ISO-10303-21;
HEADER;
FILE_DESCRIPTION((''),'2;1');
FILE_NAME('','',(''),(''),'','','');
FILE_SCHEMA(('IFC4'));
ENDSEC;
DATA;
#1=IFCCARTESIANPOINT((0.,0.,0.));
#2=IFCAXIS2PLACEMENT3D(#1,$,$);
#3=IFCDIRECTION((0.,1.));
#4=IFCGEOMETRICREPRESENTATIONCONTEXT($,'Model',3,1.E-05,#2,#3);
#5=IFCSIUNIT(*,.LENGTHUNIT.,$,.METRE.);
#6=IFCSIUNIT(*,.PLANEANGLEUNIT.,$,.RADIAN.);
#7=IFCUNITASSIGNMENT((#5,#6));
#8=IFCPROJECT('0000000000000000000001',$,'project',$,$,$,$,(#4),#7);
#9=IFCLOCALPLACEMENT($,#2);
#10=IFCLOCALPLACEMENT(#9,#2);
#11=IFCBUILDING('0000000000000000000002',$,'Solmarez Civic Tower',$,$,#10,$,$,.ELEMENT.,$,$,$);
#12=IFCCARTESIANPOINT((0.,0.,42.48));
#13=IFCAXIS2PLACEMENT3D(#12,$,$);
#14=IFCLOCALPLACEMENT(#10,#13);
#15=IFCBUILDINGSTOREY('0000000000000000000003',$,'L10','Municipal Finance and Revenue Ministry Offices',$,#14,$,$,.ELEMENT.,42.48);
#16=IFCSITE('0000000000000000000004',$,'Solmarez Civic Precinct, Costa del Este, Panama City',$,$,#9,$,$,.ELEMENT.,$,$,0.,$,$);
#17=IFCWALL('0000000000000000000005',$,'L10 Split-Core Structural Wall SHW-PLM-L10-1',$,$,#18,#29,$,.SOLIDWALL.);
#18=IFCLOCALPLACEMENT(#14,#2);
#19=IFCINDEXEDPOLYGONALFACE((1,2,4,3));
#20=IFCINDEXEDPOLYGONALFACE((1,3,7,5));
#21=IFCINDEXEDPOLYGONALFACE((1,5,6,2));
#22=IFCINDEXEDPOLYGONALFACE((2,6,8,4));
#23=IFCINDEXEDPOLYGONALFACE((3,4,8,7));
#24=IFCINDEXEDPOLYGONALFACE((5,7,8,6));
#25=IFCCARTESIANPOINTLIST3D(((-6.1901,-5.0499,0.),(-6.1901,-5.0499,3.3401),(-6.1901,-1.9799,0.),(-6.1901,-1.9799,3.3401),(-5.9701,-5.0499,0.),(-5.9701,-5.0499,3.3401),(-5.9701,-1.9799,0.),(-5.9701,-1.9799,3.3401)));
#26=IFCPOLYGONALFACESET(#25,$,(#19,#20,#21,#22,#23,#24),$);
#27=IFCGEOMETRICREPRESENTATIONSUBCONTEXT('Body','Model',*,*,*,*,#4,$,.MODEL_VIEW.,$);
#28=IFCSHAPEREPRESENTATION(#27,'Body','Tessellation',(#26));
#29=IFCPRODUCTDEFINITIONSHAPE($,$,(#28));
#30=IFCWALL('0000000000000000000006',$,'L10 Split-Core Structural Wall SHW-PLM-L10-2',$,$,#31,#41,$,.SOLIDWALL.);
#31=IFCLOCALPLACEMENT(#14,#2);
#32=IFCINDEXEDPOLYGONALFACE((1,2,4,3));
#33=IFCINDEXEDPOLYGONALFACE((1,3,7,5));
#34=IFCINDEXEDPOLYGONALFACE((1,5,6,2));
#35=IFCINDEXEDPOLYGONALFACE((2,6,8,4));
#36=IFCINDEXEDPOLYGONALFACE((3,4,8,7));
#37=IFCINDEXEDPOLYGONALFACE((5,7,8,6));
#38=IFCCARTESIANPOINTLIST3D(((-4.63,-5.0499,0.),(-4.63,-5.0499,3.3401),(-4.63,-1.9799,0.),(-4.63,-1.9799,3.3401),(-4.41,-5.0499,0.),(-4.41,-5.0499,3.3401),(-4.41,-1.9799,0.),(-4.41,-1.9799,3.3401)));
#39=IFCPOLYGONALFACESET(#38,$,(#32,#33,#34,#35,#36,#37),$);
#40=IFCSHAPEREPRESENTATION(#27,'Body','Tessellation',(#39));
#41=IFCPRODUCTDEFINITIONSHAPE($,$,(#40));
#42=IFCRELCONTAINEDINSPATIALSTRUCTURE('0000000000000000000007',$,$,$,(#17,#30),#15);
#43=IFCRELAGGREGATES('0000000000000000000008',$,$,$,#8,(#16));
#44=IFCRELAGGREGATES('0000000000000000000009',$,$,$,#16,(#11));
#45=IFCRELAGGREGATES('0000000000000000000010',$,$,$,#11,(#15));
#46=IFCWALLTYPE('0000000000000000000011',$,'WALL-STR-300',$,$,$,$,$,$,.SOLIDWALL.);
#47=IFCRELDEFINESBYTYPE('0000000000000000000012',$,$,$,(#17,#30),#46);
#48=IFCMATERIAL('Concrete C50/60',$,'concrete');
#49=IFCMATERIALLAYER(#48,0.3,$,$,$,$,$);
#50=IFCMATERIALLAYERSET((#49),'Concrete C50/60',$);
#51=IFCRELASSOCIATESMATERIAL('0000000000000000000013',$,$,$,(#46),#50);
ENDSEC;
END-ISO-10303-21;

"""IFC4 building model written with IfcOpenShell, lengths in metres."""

from ifc_helpers import new_model, si_unit, direction, frame, frame_2d, origin, place, context, subcontext, project, spatial, rectangle, extrude, material, layer, layer_set, type_object, element, save


model = new_model("IFC4")

# Units and contexts
model_context = context("Model", 3, precision=1e-05, world=origin(), true_north=direction((0.0, 1.0)))
body_context = subcontext(model_context, "Body", "Model", "MODEL_VIEW")
ifc_project = project(units=[si_unit("LENGTHUNIT", "METRE"), si_unit("PLANEANGLEUNIT", "RADIAN")], contexts=[model_context])

# Site, building, storey
site_placement = place(None, origin())
site = spatial("IfcSite", under=ifc_project, at=site_placement, Name="Solmarez Civic Precinct, Costa del Este, Panama City", CompositionType="ELEMENT", RefElevation=0.0)
building_placement = place(site_placement, origin())
building = spatial("IfcBuilding", under=site, at=building_placement, Name="Solmarez Civic Tower", CompositionType="ELEMENT")
storey_placement = place(building_placement, frame((0.0, 0.0, 42.48)))
storey = spatial("IfcBuildingStorey", under=building, at=storey_placement, Name="L10", Description="Municipal Finance and Revenue Ministry Offices", CompositionType="ELEMENT", Elevation=42.48)

# Shared definitions
ifc_material_1 = material(Name="Concrete C50/60", Category="concrete")

# Shared definitions
ifc_layer_1 = layer(ifc_material_1, 0.3)
ifc_layer_set_1 = layer_set([ifc_layer_1], Name="Concrete C50/60")
wall_type_1 = type_object("IfcWallType", Name="WALL-STR-300", PredefinedType="SOLIDWALL", material=ifc_layer_set_1)

# Walls
for number, where, z_axis, x_axis, name in (
    (1, (-6.0801, -5.05, 0.0), (0.0, 0.0, 1.0), (0.0, 1.0, 0.0), "L10 Split-Core Structural Wall SHW-PLM-L10-1"),
    (2, (-4.52, -5.05, 0.0), (0.0, 0.0, 1.0), (0.0, 1.0, 0.0), "L10 Split-Core Structural Wall SHW-PLM-L10-2"),
):
    element("IfcWall", number, at=place(storey_placement, frame(where, z_axis=z_axis, x_axis=x_axis)), inside=storey, type_object=wall_type_1, Name=name, PredefinedType="SOLIDWALL", context=body_context, shape_type="SweptSolid", body=[
        extrude(rectangle(XDim=3.0701, YDim=0.22, at=frame_2d((1.5352, 0.0))), origin(), (0.0, 0.0, 1.0), 3.3401),
    ])

save(model, "model.ifc")
